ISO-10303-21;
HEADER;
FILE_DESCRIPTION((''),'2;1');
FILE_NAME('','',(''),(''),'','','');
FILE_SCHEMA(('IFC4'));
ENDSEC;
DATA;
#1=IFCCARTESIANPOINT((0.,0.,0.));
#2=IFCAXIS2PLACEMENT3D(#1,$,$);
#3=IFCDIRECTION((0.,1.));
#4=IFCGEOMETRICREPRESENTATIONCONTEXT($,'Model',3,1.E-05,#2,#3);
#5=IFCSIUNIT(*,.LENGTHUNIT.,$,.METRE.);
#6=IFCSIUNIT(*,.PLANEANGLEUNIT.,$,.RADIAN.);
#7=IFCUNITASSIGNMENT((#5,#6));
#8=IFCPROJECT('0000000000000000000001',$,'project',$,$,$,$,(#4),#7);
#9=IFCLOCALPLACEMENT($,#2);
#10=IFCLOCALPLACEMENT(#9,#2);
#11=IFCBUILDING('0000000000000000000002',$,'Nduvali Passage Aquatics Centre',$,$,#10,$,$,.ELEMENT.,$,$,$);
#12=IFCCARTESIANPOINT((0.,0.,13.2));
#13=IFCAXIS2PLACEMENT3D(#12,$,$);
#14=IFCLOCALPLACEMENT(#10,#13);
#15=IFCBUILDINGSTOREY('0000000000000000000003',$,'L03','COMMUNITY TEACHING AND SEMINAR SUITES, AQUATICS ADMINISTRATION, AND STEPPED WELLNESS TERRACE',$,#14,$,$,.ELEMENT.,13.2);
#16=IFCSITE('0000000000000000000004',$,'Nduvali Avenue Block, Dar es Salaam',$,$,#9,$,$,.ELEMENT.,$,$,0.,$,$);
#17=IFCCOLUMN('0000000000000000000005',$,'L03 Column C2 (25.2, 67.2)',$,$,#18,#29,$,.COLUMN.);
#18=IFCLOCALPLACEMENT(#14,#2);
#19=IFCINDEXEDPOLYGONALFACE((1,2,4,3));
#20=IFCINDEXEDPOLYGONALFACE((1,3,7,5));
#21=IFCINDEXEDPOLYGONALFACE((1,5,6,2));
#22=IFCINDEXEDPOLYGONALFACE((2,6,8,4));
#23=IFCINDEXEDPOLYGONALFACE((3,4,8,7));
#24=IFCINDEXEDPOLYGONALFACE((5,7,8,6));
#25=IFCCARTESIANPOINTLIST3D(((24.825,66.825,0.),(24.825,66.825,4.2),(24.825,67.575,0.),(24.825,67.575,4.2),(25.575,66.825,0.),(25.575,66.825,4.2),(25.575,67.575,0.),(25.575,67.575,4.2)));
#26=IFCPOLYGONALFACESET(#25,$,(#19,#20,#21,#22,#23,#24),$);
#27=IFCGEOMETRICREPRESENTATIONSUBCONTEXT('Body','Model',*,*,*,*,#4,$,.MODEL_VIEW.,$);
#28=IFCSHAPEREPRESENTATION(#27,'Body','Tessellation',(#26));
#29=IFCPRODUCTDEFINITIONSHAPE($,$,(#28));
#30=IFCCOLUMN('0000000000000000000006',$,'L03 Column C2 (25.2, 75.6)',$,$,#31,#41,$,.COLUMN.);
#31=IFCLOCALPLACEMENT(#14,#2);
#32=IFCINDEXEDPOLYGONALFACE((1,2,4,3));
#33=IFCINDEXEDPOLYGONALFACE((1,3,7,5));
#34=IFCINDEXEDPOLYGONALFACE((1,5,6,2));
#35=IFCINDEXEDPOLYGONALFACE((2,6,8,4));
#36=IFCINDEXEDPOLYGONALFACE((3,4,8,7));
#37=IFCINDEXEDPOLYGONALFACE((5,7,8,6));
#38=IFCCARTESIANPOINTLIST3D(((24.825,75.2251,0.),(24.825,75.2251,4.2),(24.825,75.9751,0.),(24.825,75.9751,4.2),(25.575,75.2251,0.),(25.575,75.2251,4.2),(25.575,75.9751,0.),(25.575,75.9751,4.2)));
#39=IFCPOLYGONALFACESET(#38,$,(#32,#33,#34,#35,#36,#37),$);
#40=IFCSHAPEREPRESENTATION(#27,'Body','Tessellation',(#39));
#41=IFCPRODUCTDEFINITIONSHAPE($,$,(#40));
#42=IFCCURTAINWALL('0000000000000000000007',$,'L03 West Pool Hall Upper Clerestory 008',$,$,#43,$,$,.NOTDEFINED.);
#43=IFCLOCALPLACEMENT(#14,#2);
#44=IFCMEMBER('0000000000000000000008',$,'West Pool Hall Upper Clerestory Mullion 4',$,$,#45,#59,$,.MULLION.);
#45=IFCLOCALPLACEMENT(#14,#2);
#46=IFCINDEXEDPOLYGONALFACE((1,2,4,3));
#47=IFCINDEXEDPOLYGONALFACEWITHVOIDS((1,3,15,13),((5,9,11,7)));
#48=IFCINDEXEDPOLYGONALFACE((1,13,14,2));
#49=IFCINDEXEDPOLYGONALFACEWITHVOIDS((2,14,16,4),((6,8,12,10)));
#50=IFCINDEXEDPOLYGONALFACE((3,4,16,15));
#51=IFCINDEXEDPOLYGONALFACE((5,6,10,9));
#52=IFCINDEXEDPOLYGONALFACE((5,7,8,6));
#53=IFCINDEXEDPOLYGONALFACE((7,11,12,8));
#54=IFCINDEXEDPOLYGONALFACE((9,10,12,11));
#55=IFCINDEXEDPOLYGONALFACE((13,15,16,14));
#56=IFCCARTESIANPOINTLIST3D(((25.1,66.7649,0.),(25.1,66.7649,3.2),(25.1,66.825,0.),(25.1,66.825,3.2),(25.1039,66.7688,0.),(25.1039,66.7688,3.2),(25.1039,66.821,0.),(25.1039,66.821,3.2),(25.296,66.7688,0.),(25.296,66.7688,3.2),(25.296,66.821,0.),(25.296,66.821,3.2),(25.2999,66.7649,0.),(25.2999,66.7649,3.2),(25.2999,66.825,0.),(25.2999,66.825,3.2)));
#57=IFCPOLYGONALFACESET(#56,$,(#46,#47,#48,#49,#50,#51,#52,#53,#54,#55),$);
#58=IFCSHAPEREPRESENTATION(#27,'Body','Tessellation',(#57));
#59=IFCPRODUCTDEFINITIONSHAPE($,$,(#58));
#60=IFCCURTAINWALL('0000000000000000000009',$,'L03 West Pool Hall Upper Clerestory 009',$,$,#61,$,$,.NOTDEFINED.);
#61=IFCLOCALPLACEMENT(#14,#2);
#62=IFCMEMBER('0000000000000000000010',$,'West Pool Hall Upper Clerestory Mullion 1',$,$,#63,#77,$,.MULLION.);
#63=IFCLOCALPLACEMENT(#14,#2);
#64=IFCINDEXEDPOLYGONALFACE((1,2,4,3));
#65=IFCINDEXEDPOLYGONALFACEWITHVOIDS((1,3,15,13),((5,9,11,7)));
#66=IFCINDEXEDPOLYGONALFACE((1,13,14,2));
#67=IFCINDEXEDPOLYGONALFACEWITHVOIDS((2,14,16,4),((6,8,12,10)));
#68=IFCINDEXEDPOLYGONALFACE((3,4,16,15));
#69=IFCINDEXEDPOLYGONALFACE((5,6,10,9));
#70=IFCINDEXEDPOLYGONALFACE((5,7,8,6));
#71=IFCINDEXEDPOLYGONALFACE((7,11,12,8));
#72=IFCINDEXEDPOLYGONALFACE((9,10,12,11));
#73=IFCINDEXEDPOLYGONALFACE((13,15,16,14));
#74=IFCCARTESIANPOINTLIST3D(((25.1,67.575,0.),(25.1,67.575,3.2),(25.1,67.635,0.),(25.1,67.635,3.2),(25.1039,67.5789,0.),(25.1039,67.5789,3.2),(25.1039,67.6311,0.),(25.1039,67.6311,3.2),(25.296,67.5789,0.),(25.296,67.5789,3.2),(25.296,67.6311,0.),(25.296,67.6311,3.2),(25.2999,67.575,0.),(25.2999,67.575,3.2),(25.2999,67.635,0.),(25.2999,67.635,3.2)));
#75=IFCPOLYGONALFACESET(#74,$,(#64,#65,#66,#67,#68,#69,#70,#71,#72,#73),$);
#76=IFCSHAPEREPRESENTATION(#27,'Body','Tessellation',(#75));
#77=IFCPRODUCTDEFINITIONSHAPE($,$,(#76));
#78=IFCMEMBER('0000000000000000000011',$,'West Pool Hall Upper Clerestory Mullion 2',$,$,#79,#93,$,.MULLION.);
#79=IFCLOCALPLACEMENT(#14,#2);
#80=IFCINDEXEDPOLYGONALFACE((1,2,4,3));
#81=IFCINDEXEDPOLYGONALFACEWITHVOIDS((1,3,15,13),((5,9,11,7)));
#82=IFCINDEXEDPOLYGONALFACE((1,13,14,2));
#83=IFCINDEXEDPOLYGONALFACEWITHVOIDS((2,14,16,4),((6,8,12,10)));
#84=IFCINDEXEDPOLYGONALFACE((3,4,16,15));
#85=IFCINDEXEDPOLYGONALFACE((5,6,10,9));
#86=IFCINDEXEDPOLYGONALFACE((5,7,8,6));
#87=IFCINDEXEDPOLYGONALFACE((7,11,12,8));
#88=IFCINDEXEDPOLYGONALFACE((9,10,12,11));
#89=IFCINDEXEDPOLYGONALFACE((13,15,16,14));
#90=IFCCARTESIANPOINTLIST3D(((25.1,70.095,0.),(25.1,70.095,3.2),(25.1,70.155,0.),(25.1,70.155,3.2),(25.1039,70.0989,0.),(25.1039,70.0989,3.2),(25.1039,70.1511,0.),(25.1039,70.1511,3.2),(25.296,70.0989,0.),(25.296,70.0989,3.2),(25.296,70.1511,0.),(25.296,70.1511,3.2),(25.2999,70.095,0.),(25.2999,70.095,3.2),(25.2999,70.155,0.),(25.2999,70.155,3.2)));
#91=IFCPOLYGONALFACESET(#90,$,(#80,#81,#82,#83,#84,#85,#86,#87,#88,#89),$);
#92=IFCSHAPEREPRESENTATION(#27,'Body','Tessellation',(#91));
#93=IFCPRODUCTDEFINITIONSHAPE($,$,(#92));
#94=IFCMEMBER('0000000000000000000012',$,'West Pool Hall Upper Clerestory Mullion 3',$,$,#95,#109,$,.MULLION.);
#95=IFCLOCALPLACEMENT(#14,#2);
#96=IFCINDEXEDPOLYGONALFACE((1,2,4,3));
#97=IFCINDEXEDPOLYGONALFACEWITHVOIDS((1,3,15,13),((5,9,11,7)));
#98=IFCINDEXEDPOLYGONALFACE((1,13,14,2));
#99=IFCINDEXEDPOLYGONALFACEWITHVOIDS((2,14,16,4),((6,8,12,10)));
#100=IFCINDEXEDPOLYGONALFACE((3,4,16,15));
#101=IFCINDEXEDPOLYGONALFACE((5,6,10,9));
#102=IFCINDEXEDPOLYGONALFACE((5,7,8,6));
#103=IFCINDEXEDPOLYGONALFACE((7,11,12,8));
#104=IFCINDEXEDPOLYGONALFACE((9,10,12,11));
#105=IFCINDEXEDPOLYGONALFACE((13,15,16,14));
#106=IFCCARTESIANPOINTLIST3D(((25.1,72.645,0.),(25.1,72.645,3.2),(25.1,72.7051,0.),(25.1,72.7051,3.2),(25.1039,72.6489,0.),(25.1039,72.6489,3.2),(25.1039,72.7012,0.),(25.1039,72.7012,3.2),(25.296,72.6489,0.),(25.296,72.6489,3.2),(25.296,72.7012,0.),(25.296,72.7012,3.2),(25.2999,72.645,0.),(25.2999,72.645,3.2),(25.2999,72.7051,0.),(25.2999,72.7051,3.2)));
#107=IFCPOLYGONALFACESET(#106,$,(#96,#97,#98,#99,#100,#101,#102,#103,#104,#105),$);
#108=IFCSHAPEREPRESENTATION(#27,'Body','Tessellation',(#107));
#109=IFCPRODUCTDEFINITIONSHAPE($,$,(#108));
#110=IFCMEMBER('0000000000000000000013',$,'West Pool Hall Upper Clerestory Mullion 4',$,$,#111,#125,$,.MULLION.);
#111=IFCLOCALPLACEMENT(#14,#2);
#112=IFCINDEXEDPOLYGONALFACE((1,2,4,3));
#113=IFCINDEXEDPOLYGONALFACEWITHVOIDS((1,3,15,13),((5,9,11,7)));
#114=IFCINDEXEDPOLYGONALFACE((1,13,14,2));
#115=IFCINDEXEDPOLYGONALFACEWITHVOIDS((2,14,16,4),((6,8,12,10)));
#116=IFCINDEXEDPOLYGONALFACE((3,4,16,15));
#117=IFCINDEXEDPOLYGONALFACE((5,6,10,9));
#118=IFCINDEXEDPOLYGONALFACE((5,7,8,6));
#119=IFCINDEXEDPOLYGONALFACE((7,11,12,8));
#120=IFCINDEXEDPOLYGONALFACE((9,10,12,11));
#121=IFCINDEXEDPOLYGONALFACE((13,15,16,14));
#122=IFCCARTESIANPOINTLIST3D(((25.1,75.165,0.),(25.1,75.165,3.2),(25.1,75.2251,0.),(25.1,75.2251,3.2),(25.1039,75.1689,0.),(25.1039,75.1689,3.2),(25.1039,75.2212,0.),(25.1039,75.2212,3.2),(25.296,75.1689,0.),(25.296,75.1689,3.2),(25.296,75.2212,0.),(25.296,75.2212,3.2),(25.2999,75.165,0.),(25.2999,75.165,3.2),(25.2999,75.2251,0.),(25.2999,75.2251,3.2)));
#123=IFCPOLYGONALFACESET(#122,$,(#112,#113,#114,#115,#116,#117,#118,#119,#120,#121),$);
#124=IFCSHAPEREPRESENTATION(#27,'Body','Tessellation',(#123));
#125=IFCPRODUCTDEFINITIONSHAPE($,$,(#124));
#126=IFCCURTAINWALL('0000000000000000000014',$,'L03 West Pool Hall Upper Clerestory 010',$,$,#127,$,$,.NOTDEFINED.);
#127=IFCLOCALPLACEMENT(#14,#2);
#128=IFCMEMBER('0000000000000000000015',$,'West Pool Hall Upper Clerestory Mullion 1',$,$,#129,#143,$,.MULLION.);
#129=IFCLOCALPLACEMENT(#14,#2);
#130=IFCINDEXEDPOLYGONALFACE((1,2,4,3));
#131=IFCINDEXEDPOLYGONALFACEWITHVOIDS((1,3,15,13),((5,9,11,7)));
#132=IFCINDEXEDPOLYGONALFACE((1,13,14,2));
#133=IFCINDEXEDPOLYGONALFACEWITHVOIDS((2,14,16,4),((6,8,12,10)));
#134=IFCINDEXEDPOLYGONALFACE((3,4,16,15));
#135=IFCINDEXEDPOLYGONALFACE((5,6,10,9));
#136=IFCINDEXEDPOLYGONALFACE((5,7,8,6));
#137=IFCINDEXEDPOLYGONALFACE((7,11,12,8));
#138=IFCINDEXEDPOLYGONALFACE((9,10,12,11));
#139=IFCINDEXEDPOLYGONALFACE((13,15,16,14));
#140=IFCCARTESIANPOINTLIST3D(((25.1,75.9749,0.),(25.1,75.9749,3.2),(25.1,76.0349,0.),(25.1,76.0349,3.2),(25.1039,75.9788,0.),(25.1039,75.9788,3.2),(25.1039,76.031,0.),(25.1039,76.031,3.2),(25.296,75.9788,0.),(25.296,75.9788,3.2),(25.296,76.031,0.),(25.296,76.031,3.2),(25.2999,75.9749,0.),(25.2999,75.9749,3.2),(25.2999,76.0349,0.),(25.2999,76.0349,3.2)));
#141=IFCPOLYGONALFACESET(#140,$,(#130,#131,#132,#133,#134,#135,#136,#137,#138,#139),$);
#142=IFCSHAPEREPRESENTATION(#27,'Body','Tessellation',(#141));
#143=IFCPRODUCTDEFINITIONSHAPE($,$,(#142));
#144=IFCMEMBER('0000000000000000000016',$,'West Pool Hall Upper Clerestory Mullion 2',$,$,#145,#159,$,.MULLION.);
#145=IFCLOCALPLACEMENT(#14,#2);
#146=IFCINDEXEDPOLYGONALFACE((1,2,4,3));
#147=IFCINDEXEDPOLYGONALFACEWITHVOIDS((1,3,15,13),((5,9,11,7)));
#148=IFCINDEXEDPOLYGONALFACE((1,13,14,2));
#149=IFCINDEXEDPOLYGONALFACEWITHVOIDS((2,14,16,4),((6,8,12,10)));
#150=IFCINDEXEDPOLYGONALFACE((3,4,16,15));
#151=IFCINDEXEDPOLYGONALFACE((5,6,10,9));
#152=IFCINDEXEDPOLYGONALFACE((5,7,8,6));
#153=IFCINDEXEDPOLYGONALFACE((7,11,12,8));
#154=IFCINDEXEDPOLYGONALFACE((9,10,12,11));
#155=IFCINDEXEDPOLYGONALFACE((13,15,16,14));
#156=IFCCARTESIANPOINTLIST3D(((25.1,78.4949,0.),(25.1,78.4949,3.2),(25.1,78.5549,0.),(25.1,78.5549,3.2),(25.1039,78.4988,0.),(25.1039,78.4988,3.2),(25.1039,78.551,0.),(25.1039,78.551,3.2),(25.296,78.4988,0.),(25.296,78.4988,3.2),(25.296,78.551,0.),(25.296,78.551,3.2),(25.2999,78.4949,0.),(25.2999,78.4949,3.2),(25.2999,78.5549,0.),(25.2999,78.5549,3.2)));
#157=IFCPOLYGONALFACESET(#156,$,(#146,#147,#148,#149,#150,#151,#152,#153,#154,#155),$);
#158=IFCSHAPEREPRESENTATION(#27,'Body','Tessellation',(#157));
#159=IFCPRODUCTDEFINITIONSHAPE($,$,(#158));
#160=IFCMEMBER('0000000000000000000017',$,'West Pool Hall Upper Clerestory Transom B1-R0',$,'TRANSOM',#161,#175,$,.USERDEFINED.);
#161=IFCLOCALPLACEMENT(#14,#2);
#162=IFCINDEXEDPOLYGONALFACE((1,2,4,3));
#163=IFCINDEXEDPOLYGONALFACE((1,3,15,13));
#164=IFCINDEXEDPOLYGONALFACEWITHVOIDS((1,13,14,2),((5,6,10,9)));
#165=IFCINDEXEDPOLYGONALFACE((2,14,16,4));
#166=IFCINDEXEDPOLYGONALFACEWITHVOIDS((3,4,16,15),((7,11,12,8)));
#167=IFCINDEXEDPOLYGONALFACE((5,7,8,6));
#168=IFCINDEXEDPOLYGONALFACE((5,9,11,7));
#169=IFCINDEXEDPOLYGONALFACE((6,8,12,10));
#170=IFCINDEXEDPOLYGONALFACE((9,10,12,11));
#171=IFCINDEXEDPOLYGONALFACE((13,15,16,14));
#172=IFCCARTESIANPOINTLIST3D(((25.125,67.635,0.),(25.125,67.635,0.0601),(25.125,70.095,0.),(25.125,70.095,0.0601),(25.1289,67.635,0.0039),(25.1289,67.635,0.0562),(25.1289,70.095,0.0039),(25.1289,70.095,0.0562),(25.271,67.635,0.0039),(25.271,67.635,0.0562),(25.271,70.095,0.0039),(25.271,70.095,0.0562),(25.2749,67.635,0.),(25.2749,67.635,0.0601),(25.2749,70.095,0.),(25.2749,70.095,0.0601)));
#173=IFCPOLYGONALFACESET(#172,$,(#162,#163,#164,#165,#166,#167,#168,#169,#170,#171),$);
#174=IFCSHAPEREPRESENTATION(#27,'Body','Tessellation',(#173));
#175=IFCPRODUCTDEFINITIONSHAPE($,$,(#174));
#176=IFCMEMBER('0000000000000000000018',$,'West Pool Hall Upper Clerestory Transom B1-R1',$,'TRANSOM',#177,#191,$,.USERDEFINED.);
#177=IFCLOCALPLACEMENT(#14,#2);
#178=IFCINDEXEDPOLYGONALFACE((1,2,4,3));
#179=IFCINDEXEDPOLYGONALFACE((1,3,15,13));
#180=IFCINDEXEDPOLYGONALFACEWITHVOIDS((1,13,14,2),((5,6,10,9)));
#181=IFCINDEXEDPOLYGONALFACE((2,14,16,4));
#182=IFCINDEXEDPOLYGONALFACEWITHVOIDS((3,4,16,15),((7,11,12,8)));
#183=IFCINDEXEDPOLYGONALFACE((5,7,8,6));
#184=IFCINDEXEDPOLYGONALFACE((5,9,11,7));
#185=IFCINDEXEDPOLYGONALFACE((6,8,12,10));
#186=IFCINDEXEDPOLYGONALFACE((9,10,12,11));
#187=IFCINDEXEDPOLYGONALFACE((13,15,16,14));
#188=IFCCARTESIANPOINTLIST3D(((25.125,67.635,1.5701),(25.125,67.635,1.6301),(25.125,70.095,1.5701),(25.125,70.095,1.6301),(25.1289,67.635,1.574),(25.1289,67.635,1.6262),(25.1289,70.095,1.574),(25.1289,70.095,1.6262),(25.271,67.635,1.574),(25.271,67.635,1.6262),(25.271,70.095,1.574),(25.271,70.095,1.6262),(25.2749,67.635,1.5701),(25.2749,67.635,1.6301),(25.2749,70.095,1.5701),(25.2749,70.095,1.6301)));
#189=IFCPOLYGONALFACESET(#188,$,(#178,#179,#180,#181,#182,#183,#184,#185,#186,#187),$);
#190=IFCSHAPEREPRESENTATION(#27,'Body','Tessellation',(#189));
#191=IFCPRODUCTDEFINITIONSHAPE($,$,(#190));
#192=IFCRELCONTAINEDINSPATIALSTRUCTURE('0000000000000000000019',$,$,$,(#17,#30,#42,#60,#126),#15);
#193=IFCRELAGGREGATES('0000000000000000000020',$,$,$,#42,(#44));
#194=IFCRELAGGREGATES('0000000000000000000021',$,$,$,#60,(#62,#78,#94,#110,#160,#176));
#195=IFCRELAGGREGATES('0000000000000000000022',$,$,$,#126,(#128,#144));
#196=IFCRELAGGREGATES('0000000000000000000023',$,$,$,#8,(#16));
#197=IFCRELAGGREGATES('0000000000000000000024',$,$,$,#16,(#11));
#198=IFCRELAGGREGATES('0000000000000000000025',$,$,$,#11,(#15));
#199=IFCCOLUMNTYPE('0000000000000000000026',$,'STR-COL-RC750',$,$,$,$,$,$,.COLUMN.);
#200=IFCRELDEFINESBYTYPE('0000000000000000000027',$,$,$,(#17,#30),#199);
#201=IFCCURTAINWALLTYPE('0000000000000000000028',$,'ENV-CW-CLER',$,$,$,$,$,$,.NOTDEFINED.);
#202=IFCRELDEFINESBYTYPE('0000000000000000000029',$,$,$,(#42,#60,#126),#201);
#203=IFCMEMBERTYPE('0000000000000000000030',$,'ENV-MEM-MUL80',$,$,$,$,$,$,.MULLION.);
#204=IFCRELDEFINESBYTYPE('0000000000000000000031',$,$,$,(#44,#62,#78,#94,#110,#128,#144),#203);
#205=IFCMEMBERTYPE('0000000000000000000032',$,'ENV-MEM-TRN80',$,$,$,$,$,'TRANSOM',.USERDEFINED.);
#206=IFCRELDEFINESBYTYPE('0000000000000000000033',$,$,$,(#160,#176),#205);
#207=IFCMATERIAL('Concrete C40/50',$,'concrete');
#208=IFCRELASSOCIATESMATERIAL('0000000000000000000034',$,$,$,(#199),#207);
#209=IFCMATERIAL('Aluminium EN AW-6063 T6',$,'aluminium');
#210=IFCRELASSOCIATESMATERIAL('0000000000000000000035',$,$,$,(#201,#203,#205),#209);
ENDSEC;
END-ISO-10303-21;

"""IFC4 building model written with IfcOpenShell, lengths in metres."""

from ifc_helpers import new_model, si_unit, direction, frame, origin, origin_2d, place, context, subcontext, project, spatial, rectangle, hollow_rectangle, extrude, material, material_profile, profile_set, type_object, element, aggregate, save


model = new_model("IFC4")

# Units and contexts
model_context = context("Model", 3, precision=1e-05, world=origin(), true_north=direction((0.0, 1.0)))
body_context = subcontext(model_context, "Body", "Model", "MODEL_VIEW")
ifc_project = project(units=[si_unit("LENGTHUNIT", "METRE"), si_unit("PLANEANGLEUNIT", "RADIAN")], contexts=[model_context])

# Site, building, storey
site_placement = place(None, origin())
site = spatial("IfcSite", under=ifc_project, at=site_placement, Name="Nduvali Avenue Block, Dar es Salaam", CompositionType="ELEMENT", RefElevation=0.0)
building_placement = place(site_placement, origin())
building = spatial("IfcBuilding", under=site, at=building_placement, Name="Nduvali Passage Aquatics Centre", CompositionType="ELEMENT")
storey_placement = place(building_placement, frame((0.0, 0.0, 13.2)))
storey = spatial("IfcBuildingStorey", under=building, at=storey_placement, Name="L03", Description="COMMUNITY TEACHING AND SEMINAR SUITES, AQUATICS ADMINISTRATION, AND STEPPED WELLNESS TERRACE", CompositionType="ELEMENT", Elevation=13.2)

# Columns
ifc_material_1 = material(Name="Concrete C40/50", Category="concrete")
ifc_material_profile_1 = material_profile(ifc_material_1, rectangle(XDim=0.75, YDim=0.75, at=origin_2d()), Name="RC 750x750")
ifc_profile_set_1 = profile_set([ifc_material_profile_1], Name="Concrete C40/50")
column_type = type_object("IfcColumnType", Name="STR-COL-RC750", PredefinedType="COLUMN", material=ifc_profile_set_1)
for number, where, z_axis, x_axis, name in (
    (1, (25.2, 67.2, 0.0), (0.0, 0.0, 1.0), (1.0, 0.0, 0.0), "L03 Column C2 (25.2, 67.2)"),
    (2, (25.2, 75.6001, 0.0), (0.0, 0.0, 1.0), (1.0, 0.0, 0.0), "L03 Column C2 (25.2, 75.6)"),
):
    element("IfcColumn", number, at=place(storey_placement, frame(where, z_axis=z_axis, x_axis=x_axis)), inside=storey, type_object=column_type, Name=name, PredefinedType="COLUMN", context=body_context, shape_type="SweptSolid", body=[
        extrude(rectangle(XDim=0.75, YDim=0.75, at=origin_2d()), origin(), (0.0, 0.0, 1.0), 4.2),
    ])

# Curtain wall, member
ifc_material_2 = material(Name="Aluminium EN AW-6063 T6", Category="aluminium")
curtain_wall_type = type_object("IfcCurtainWallType", Name="ENV-CW-CLER", PredefinedType="NOTDEFINED", material=ifc_material_2)
curtain_wall_1_placement = place(storey_placement, origin())
curtain_wall_1 = element("IfcCurtainWall", 3, at=curtain_wall_1_placement, inside=storey, type_object=curtain_wall_type, Name="L03 West Pool Hall Upper Clerestory 008", PredefinedType="NOTDEFINED")
ifc_material_profile_2 = material_profile(ifc_material_2, hollow_rectangle(XDim=0.0601, YDim=0.2, WallThickness=0.0039, at=origin_2d()), Name="ALU MULLION 60x200x4")
ifc_profile_set_2 = profile_set([ifc_material_profile_2], Name="Aluminium EN AW-6063 T6")
member_type_1 = type_object("IfcMemberType", Name="ENV-MEM-MUL80", PredefinedType="MULLION", material=ifc_profile_set_2)
member_1_placement = place(storey_placement, frame((25.2, 66.7949, 0.0), z_axis=(0.0, 0.0, 1.0), x_axis=(0.0, 1.0, 0.0)))
member_1 = element("IfcMember", 4, at=member_1_placement, type_object=member_type_1, Name="West Pool Hall Upper Clerestory Mullion 4", PredefinedType="MULLION", context=body_context, shape_type="SweptSolid", body=[
    extrude(hollow_rectangle(XDim=0.0601, YDim=0.2, WallThickness=0.0039, at=origin_2d()), origin(), (0.0, 0.0, 1.0), 3.2),
])

# Curtain walls, members
curtain_wall_2_placement = place(storey_placement, origin())
curtain_wall_2 = element("IfcCurtainWall", 5, at=curtain_wall_2_placement, inside=storey, type_object=curtain_wall_type, Name="L03 West Pool Hall Upper Clerestory 009", PredefinedType="NOTDEFINED")
member_2_placement = place(storey_placement, frame((25.2, 67.605, 0.0), z_axis=(0.0, 0.0, 1.0), x_axis=(0.0, 1.0, 0.0)))
member_2 = element("IfcMember", 6, at=member_2_placement, type_object=member_type_1, Name="West Pool Hall Upper Clerestory Mullion 1", PredefinedType="MULLION", context=body_context, shape_type="SweptSolid", body=[
    extrude(hollow_rectangle(XDim=0.0601, YDim=0.2, WallThickness=0.0039, at=origin_2d()), origin(), (0.0, 0.0, 1.0), 3.2),
])
member_3_placement = place(storey_placement, frame((25.2, 70.125, 0.0), z_axis=(0.0, 0.0, 1.0), x_axis=(0.0, 1.0, 0.0)))
member_3 = element("IfcMember", 7, at=member_3_placement, type_object=member_type_1, Name="West Pool Hall Upper Clerestory Mullion 2", PredefinedType="MULLION", context=body_context, shape_type="SweptSolid", body=[
    extrude(hollow_rectangle(XDim=0.0601, YDim=0.2, WallThickness=0.0039, at=origin_2d()), origin(), (0.0, 0.0, 1.0), 3.2),
])
member_4_placement = place(storey_placement, frame((25.2, 72.675, 0.0), z_axis=(0.0, 0.0, 1.0), x_axis=(0.0, 1.0, 0.0)))
member_4 = element("IfcMember", 8, at=member_4_placement, type_object=member_type_1, Name="West Pool Hall Upper Clerestory Mullion 3", PredefinedType="MULLION", context=body_context, shape_type="SweptSolid", body=[
    extrude(hollow_rectangle(XDim=0.0601, YDim=0.2, WallThickness=0.0039, at=origin_2d()), origin(), (0.0, 0.0, 1.0), 3.2),
])
member_5_placement = place(storey_placement, frame((25.2, 75.1951, 0.0), z_axis=(0.0, 0.0, 1.0), x_axis=(0.0, 1.0, 0.0)))
member_5 = element("IfcMember", 9, at=member_5_placement, type_object=member_type_1, Name="West Pool Hall Upper Clerestory Mullion 4", PredefinedType="MULLION", context=body_context, shape_type="SweptSolid", body=[
    extrude(hollow_rectangle(XDim=0.0601, YDim=0.2, WallThickness=0.0039, at=origin_2d()), origin(), (0.0, 0.0, 1.0), 3.2),
])
curtain_wall_3_placement = place(storey_placement, origin())
curtain_wall_3 = element("IfcCurtainWall", 10, at=curtain_wall_3_placement, inside=storey, type_object=curtain_wall_type, Name="L03 West Pool Hall Upper Clerestory 010", PredefinedType="NOTDEFINED")
member_6_placement = place(storey_placement, frame((25.2, 76.0049, 0.0), z_axis=(0.0, 0.0, 1.0), x_axis=(0.0, 1.0, 0.0)))
member_6 = element("IfcMember", 11, at=member_6_placement, type_object=member_type_1, Name="West Pool Hall Upper Clerestory Mullion 1", PredefinedType="MULLION", context=body_context, shape_type="SweptSolid", body=[
    extrude(hollow_rectangle(XDim=0.0601, YDim=0.2, WallThickness=0.0039, at=origin_2d()), origin(), (0.0, 0.0, 1.0), 3.2),
])
member_7_placement = place(storey_placement, frame((25.2, 78.5249, 0.0), z_axis=(0.0, 0.0, 1.0), x_axis=(0.0, 1.0, 0.0)))
member_7 = element("IfcMember", 12, at=member_7_placement, type_object=member_type_1, Name="West Pool Hall Upper Clerestory Mullion 2", PredefinedType="MULLION", context=body_context, shape_type="SweptSolid", body=[
    extrude(hollow_rectangle(XDim=0.0601, YDim=0.2, WallThickness=0.0039, at=origin_2d()), origin(), (0.0, 0.0, 1.0), 3.2),
])

# Members
ifc_material_profile_3 = material_profile(ifc_material_2, hollow_rectangle(XDim=0.1499, YDim=0.0601, WallThickness=0.0039, at=origin_2d()), Name="ALU TRANSOM 150x60x4")
ifc_profile_set_3 = profile_set([ifc_material_profile_3], Name="Aluminium EN AW-6063 T6")
member_type_2 = type_object("IfcMemberType", Name="ENV-MEM-TRN80", ElementType="TRANSOM", PredefinedType="USERDEFINED", material=ifc_profile_set_3)
member_8_placement = place(storey_placement, frame((25.2, 67.635, 0.03), z_axis=(0.0, 1.0, 0.0), x_axis=(-1.0, 0.0, 0.0)))
member_8 = element("IfcMember", 13, at=member_8_placement, type_object=member_type_2, Name="West Pool Hall Upper Clerestory Transom B1-R0", ObjectType="TRANSOM", PredefinedType="USERDEFINED", context=body_context, shape_type="SweptSolid", body=[
    extrude(hollow_rectangle(XDim=0.1499, YDim=0.0601, WallThickness=0.0039, at=origin_2d()), origin(), (0.0, 0.0, 1.0), 2.46),
])
member_9_placement = place(storey_placement, frame((25.2, 67.635, 1.6001), z_axis=(0.0, 1.0, 0.0), x_axis=(-1.0, 0.0, 0.0)))
member_9 = element("IfcMember", 14, at=member_9_placement, type_object=member_type_2, Name="West Pool Hall Upper Clerestory Transom B1-R1", ObjectType="TRANSOM", PredefinedType="USERDEFINED", context=body_context, shape_type="SweptSolid", body=[
    extrude(hollow_rectangle(XDim=0.1499, YDim=0.0601, WallThickness=0.0039, at=origin_2d()), origin(), (0.0, 0.0, 1.0), 2.46),
])

aggregate(curtain_wall_1, [member_1])
aggregate(curtain_wall_2, [member_2, member_3, member_4, member_5, member_8, member_9])
aggregate(curtain_wall_3, [member_6, member_7])

save(model, "model.ifc")
